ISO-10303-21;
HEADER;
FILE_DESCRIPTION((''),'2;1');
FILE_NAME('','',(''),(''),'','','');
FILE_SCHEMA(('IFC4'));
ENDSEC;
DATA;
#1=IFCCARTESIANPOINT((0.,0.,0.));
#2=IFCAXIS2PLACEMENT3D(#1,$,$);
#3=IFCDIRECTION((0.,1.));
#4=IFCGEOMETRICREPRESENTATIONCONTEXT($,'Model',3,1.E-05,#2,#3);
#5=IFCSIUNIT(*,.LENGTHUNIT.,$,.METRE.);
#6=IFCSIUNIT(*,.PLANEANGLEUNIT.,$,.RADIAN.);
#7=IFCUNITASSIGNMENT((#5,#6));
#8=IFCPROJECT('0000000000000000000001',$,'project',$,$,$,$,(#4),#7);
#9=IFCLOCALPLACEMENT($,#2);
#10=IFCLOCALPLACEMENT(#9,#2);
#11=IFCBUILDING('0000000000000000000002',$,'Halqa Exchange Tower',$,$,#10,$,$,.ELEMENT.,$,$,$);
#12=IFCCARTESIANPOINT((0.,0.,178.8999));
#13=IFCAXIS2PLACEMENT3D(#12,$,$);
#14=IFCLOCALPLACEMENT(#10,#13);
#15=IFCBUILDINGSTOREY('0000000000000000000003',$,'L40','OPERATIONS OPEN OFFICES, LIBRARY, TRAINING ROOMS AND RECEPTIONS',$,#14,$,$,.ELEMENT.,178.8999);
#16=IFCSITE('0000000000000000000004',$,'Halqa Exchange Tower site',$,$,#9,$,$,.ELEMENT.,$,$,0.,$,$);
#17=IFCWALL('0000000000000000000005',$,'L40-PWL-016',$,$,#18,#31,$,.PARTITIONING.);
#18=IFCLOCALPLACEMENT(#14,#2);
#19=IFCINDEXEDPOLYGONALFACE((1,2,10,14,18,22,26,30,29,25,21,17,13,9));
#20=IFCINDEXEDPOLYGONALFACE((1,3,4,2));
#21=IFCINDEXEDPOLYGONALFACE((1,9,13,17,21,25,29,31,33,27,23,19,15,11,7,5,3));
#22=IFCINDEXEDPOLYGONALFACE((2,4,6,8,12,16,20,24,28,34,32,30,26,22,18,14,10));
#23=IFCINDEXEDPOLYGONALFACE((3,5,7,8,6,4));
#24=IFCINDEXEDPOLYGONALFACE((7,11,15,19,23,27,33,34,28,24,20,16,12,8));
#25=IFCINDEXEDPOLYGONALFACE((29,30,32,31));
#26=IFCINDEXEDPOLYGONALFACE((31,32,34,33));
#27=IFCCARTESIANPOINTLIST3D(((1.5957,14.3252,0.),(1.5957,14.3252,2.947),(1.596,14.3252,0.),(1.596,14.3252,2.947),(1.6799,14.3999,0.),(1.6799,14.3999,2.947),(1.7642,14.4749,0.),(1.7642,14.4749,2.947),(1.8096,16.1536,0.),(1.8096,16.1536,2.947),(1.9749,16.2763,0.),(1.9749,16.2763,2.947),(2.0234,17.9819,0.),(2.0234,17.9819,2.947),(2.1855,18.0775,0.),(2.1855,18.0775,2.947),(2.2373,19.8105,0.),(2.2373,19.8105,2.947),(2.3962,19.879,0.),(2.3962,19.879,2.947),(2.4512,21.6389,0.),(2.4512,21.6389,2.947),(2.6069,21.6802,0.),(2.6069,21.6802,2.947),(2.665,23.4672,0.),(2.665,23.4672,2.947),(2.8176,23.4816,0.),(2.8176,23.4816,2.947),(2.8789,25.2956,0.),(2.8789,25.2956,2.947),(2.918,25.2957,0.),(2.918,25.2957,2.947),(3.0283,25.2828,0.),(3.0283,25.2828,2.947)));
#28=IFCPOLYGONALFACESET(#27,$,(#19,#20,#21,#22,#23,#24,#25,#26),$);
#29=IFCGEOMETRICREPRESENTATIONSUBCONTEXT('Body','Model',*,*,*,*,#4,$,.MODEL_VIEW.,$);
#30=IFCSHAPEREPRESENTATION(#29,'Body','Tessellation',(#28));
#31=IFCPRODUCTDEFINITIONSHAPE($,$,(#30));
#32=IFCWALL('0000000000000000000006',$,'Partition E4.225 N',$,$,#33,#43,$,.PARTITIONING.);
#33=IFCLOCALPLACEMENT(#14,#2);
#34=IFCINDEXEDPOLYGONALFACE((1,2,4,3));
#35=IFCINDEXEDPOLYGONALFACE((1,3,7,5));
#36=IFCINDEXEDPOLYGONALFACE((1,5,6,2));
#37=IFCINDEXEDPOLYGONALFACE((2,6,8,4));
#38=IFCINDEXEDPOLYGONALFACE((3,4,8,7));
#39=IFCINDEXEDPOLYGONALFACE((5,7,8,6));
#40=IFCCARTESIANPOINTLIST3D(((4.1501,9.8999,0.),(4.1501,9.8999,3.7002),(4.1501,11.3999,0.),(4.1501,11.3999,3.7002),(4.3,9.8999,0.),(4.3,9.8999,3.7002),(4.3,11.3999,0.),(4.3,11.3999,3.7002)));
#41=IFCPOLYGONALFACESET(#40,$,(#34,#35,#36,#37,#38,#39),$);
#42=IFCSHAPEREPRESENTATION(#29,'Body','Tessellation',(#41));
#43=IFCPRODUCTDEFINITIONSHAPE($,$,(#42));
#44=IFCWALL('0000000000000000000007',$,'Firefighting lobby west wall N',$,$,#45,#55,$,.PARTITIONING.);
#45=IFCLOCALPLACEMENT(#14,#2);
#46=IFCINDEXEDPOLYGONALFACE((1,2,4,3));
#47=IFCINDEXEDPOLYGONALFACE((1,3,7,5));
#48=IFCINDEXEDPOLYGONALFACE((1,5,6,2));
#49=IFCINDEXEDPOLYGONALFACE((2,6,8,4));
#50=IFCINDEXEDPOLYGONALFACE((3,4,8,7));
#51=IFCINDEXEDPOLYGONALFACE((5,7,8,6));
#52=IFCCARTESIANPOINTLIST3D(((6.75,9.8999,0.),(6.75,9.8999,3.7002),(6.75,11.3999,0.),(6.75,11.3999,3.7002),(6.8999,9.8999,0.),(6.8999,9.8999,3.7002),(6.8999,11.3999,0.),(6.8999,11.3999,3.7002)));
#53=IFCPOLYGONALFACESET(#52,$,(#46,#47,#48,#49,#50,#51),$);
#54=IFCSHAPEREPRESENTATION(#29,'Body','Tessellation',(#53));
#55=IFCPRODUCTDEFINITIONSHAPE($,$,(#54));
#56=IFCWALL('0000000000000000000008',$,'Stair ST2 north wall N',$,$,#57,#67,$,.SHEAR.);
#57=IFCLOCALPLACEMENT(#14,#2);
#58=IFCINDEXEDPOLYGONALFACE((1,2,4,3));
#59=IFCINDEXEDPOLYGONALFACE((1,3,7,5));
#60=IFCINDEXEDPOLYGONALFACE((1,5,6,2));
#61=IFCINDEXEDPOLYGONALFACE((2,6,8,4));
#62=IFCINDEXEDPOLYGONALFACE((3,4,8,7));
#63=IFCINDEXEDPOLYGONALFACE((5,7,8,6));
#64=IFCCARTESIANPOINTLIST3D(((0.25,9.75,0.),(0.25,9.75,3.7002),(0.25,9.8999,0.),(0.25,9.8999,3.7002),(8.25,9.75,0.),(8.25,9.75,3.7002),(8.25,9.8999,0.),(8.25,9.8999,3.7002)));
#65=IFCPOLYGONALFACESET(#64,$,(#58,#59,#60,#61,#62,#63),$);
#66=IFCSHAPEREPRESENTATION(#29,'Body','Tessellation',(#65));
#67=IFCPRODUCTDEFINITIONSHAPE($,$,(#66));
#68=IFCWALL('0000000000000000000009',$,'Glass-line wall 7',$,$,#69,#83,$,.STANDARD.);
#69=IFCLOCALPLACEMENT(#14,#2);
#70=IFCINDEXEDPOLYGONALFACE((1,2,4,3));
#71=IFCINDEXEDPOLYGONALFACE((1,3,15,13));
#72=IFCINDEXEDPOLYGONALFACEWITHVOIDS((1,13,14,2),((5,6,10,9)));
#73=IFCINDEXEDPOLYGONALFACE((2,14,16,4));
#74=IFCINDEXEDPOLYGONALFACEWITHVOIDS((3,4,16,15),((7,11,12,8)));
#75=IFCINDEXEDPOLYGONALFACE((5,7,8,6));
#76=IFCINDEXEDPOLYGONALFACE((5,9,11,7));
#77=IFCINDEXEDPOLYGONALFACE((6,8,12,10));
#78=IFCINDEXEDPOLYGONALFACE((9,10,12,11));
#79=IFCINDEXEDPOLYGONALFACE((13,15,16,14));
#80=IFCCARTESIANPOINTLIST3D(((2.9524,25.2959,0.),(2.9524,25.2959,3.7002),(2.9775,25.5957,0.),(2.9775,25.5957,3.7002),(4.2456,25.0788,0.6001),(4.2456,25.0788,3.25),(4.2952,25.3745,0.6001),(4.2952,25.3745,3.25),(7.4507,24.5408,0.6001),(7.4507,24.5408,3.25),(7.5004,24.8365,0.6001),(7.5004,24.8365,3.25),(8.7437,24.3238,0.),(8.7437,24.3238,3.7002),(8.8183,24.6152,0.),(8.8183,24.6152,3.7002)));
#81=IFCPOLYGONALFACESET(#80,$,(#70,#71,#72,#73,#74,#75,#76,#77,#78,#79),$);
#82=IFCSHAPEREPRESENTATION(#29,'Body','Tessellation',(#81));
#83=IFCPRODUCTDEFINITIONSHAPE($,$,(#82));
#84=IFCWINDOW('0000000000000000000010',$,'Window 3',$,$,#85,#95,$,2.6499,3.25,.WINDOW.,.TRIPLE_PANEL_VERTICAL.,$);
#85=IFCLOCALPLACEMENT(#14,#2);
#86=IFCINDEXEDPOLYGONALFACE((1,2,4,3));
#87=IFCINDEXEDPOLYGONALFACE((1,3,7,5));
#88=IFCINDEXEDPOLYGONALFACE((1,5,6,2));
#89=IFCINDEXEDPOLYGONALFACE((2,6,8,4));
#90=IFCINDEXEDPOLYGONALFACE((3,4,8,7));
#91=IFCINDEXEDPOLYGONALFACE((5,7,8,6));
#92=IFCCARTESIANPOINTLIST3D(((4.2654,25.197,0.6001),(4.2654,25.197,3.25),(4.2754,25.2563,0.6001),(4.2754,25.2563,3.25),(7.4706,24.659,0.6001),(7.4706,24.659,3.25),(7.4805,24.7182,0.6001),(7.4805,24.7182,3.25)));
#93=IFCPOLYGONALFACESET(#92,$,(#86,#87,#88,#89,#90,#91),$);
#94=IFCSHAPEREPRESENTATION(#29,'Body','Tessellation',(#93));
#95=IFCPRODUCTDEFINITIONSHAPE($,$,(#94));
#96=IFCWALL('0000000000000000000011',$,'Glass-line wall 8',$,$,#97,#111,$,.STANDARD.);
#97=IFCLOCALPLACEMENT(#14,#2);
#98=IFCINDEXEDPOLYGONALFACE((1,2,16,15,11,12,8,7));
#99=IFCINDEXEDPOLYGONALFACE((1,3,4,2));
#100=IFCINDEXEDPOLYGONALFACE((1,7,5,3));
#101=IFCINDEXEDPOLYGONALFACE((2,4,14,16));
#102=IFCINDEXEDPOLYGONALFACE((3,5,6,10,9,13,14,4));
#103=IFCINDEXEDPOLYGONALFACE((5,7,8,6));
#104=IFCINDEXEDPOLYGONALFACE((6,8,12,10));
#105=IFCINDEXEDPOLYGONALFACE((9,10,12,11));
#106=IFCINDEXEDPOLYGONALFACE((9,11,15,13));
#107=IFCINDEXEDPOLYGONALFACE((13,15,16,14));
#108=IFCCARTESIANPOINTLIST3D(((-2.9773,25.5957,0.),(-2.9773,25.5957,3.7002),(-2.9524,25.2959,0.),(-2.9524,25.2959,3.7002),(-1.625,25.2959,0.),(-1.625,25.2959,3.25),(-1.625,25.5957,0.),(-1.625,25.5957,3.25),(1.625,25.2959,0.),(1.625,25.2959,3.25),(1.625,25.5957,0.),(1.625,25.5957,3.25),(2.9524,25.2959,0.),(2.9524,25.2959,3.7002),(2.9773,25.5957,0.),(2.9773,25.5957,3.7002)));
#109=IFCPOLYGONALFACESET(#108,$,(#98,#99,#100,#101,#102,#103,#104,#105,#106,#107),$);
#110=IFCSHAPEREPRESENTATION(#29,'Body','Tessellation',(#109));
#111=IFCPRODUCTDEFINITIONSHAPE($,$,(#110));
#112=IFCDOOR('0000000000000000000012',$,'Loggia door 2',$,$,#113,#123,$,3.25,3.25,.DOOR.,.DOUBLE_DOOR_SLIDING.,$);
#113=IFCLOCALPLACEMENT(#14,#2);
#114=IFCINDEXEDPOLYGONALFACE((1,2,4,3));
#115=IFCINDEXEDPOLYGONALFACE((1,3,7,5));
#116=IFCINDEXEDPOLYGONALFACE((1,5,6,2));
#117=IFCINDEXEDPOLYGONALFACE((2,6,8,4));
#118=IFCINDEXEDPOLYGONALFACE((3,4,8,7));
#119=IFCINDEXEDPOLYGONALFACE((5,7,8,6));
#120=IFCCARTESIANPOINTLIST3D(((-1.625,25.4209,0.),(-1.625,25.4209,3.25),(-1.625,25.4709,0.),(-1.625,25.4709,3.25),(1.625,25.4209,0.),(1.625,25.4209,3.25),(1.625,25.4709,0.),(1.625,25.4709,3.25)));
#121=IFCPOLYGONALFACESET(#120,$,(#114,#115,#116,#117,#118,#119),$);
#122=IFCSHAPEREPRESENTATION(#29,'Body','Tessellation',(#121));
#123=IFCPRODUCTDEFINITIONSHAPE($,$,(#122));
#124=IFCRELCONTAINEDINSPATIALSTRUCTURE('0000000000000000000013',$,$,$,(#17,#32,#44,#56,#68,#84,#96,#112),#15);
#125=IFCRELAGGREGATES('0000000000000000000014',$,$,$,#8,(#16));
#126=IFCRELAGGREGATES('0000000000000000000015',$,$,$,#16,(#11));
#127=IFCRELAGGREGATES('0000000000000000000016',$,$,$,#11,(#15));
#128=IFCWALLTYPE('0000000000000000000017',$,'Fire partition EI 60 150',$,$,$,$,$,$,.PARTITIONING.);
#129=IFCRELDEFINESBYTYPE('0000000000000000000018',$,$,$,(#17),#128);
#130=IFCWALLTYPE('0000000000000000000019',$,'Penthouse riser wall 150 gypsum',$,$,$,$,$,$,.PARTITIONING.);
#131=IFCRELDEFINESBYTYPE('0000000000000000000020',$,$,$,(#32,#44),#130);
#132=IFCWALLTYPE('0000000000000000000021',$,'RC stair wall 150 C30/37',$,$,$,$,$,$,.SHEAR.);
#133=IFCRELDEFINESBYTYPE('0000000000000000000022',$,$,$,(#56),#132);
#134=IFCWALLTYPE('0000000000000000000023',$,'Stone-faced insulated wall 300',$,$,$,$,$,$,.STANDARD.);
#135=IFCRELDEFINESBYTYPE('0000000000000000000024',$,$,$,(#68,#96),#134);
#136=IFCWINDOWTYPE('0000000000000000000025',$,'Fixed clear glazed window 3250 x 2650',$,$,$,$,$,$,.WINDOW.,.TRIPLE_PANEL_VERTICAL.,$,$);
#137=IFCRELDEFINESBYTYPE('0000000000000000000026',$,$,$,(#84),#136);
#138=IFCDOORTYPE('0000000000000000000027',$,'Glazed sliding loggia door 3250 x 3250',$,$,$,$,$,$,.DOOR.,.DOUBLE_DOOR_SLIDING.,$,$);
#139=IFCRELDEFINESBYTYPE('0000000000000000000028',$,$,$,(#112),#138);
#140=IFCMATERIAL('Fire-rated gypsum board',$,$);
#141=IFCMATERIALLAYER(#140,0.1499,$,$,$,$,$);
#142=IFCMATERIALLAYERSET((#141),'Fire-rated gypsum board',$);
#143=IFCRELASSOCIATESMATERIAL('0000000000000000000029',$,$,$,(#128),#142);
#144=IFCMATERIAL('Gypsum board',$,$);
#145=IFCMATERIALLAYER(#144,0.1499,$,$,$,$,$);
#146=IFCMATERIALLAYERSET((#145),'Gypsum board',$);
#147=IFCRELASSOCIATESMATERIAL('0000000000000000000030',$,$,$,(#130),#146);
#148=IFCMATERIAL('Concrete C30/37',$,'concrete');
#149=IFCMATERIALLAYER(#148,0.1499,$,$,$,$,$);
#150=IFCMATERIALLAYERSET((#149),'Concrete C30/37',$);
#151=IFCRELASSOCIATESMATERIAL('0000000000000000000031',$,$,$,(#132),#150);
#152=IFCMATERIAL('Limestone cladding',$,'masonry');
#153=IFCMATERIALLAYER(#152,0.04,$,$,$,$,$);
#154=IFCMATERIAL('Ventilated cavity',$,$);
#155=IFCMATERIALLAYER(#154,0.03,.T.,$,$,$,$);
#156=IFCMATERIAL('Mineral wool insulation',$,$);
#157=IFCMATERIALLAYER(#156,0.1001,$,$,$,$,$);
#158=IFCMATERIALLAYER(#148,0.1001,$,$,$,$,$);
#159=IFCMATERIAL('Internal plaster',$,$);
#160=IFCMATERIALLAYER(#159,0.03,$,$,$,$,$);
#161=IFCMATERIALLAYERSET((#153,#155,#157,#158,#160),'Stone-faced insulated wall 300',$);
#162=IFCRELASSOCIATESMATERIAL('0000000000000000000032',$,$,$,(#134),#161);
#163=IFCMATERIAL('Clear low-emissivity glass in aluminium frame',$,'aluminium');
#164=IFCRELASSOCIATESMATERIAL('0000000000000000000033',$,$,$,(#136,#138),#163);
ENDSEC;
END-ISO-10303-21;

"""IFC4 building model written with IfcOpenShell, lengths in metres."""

from ifc_helpers import new_model, si_unit, direction, frame, frame_2d, origin, place, context, subcontext, project, spatial, polyline, rectangle, outline, extrude, material, layer, layer_set, type_object, element, fill, save


model = new_model("IFC4")

# Units and contexts
model_context = context("Model", 3, precision=1e-05, world=origin(), true_north=direction((0.0, 1.0)))
body_context = subcontext(model_context, "Body", "Model", "MODEL_VIEW")
ifc_project = project(units=[si_unit("LENGTHUNIT", "METRE"), si_unit("PLANEANGLEUNIT", "RADIAN")], contexts=[model_context])

# Site, building, storey
site_placement = place(None, origin())
site = spatial("IfcSite", under=ifc_project, at=site_placement, Name="Halqa Exchange Tower site", CompositionType="ELEMENT", RefElevation=0.0)
building_placement = place(site_placement, origin())
building = spatial("IfcBuilding", under=site, at=building_placement, Name="Halqa Exchange Tower", CompositionType="ELEMENT")
storey_placement = place(building_placement, frame((0.0, 0.0, 178.8999)))
storey = spatial("IfcBuildingStorey", under=building, at=storey_placement, Name="L40", Description="OPERATIONS OPEN OFFICES, LIBRARY, TRAINING ROOMS AND RECEPTIONS", CompositionType="ELEMENT", Elevation=178.8999)

# Shared definitions
ifc_material_1 = material(Name="Fire-rated gypsum board")
ifc_layer_1 = layer(ifc_material_1, 0.1499)
ifc_layer_set_1 = layer_set([ifc_layer_1], Name="Fire-rated gypsum board")
wall_type_1 = type_object("IfcWallType", Name="Fire partition EI 60 150", PredefinedType="PARTITIONING", material=ifc_layer_set_1)

# Walls
wall_1_placement = place(storey_placement, frame((2.9539, 25.2915, 0.0), z_axis=(0.0, 0.0, 1.0), x_axis=(-0.116172, -0.993229, 0.0)))
element("IfcWall", 1, at=wall_1_placement, inside=storey, type_object=wall_type_1, Name="L40-PWL-016", PredefinedType="PARTITIONING", context=body_context, shape_type="SweptSolid", body=[
    extrude(outline(polyline([(11.0498, -0.075), (11.0498, -0.0747), (10.9658, 0.0), (10.8816, 0.075), (9.0679, 0.075), (7.2544, 0.075), (5.4407, 0.075), (3.6272, 0.075), (1.8135, 0.075), (0.0, 0.075), (0.0, -0.0361), (0.0046, -0.075), (1.8455, -0.075), (3.6863, -0.075), (5.5271, -0.075), (7.3682, -0.075), (9.209, -0.075), (11.0498, -0.075)])), origin(), (0.0, 0.0, 1.0), 2.947),
])
ifc_material_2 = material(Name="Gypsum board")
ifc_layer_2 = layer(ifc_material_2, 0.1499)
ifc_layer_set_2 = layer_set([ifc_layer_2], Name="Gypsum board")
wall_type_2 = type_object("IfcWallType", Name="Penthouse riser wall 150 gypsum", PredefinedType="PARTITIONING", material=ifc_layer_set_2)
for number, where, z_axis, x_axis, name in (
    (2, (4.2251, 9.8999, 0.0), (0.0, 0.0, 1.0), (0.0, 1.0, 0.0), "Partition E4.225 N"),
    (3, (6.825, 9.8999, 0.0), (0.0, 0.0, 1.0), (0.0, 1.0, 0.0), "Firefighting lobby west wall N"),
):
    element("IfcWall", number, at=place(storey_placement, frame(where, z_axis=z_axis, x_axis=x_axis)), inside=storey, type_object=wall_type_2, Name=name, PredefinedType="PARTITIONING", context=body_context, shape_type="SweptSolid", body=[
        extrude(rectangle(XDim=1.5, YDim=0.1499, at=frame_2d((0.75, 0.0))), origin(), (0.0, 0.0, 1.0), 3.7002),
    ])
ifc_material_3 = material(Name="Concrete C30/37", Category="concrete")
ifc_layer_3 = layer(ifc_material_3, 0.1499)
ifc_layer_set_3 = layer_set([ifc_layer_3], Name="Concrete C30/37")
wall_type_3 = type_object("IfcWallType", Name="RC stair wall 150 C30/37", PredefinedType="SHEAR", material=ifc_layer_set_3)
wall_2_placement = place(storey_placement, frame((0.25, 9.825, 0.0), z_axis=(0.0, 0.0, 1.0), x_axis=(1.0, 0.0, 0.0)))
element("IfcWall", 4, at=wall_2_placement, inside=storey, type_object=wall_type_3, Name="Stair ST2 north wall N", PredefinedType="SHEAR", context=body_context, shape_type="SweptSolid", body=[
    extrude(rectangle(XDim=8.0, YDim=0.1499, at=frame_2d((4.0, 0.0))), origin(), (0.0, 0.0, 1.0), 3.7002),
])

# Wall, opening, window
ifc_material_4 = material(Name="Limestone cladding", Category="masonry")
ifc_layer_4 = layer(ifc_material_4, 0.04)
ifc_material_5 = material(Name="Ventilated cavity")
ifc_layer_5 = layer(ifc_material_5, 0.03, ventilated=True)
ifc_material_6 = material(Name="Mineral wool insulation")
ifc_layer_6 = layer(ifc_material_6, 0.1001)
ifc_layer_7 = layer(ifc_material_3, 0.1001)
ifc_material_7 = material(Name="Internal plaster")
ifc_layer_8 = layer(ifc_material_7, 0.03)
ifc_layer_set_4 = layer_set([ifc_layer_4, ifc_layer_5, ifc_layer_6, ifc_layer_7, ifc_layer_8], Name="Stone-faced insulated wall 300")
wall_type_4 = type_object("IfcWallType", Name="Stone-faced insulated wall 300", PredefinedType="STANDARD", material=ifc_layer_set_4)
wall_3_placement = place(storey_placement, frame((8.781, 24.4695, 0.0), z_axis=(0.0, 0.0, 1.0), x_axis=(-0.986202, 0.165547, 0.0)))
wall_3 = element("IfcWall", 5, at=wall_3_placement, inside=storey, type_object=wall_type_4, Name="Glass-line wall 7", PredefinedType="STANDARD", context=body_context, shape_type="SweptSolid", body=[
    extrude(outline(polyline([(-0.0127, -0.1499), (5.9099, -0.1499), (5.885, 0.1499), (0.0127, 0.1499), (-0.0127, -0.1499)])), origin(), (0.0, 0.0, 1.0), 3.7002),
])
opening_1_placement = place(wall_3_placement, frame((1.3237, 0.0, 0.6001)))
opening_1 = element("IfcOpeningElement", 6, at=opening_1_placement, cuts=wall_3, PredefinedType="OPENING", context=body_context, shape_type="SweptSolid", body=[
    extrude(rectangle(XDim=3.25, YDim=2.6499, at=frame_2d((1.625, 1.325))), frame((0.0, 0.1621, 0.0), z_axis=(0.0, -1.0, 0.0), x_axis=(1.0, 0.0, 0.0)), (0.0, 0.0, 1.0), 0.324),
])
ifc_material_8 = material(Name="Clear low-emissivity glass in aluminium frame", Category="aluminium")
window_type = type_object("IfcWindowType", Name="Fixed clear glazed window 3250 x 2650", PartitioningType="TRIPLE_PANEL_VERTICAL", PredefinedType="WINDOW", material=ifc_material_8)
window_placement = place(opening_1_placement, origin())
window = element("IfcWindow", 7, at=window_placement, inside=storey, type_object=window_type, Name="Window 3", OverallHeight=2.6499, OverallWidth=3.25, PartitioningType="TRIPLE_PANEL_VERTICAL", PredefinedType="WINDOW", context=body_context, shape_type="SweptSolid", body=[
    extrude(rectangle(XDim=3.25, YDim=2.6499, at=frame_2d((1.625, 1.325))), frame((0.0, 0.03, 0.0), z_axis=(0.0, -1.0, 0.0), x_axis=(1.0, 0.0, 0.0)), (0.0, 0.0, 1.0), 0.0601),
])
fill(opening_1, window)

# Wall, opening, door
wall_4_placement = place(storey_placement, frame((2.9648, 25.4458, 0.0), z_axis=(0.0, 0.0, 1.0), x_axis=(-1.0, 0.0, 0.0)))
wall_4 = element("IfcWall", 8, at=wall_4_placement, inside=storey, type_object=wall_type_4, Name="Glass-line wall 8", PredefinedType="STANDARD", context=body_context, shape_type="SweptSolid", body=[
    extrude(outline(polyline([(-0.0125, -0.1499), (5.9421, -0.1499), (5.9172, 0.1499), (0.0125, 0.1499), (-0.0125, -0.1499)])), origin(), (0.0, 0.0, 1.0), 3.7002),
])
opening_2_placement = place(wall_4_placement, frame((1.3398, 0.0, 0.0)))
opening_2 = element("IfcOpeningElement", 9, at=opening_2_placement, cuts=wall_4, PredefinedType="OPENING", context=body_context, shape_type="SweptSolid", body=[
    extrude(rectangle(XDim=3.25, YDim=3.25, at=frame_2d((1.625, 1.625))), frame((0.0, 0.1621, 0.0), z_axis=(0.0, -1.0, 0.0), x_axis=(1.0, 0.0, 0.0)), (0.0, 0.0, 1.0), 0.324),
])
door_type_1 = type_object("IfcDoorType", Name="Glazed sliding loggia door 3250 x 3250", OperationType="DOUBLE_DOOR_SLIDING", PredefinedType="DOOR", material=ifc_material_8)
door_1_placement = place(opening_2_placement, origin())
door_1 = element("IfcDoor", 10, at=door_1_placement, inside=storey, type_object=door_type_1, Name="Loggia door 2", OperationType="DOUBLE_DOOR_SLIDING", OverallHeight=3.25, OverallWidth=3.25, PredefinedType="DOOR", context=body_context, shape_type="SweptSolid", body=[
    extrude(rectangle(XDim=3.25, YDim=3.25, at=frame_2d((1.625, 1.625))), frame((0.0, 0.0249, 0.0), z_axis=(0.0, -1.0, 0.0), x_axis=(1.0, 0.0, 0.0)), (0.0, 0.0, 1.0), 0.05),
])
fill(opening_2, door_1)

save(model, "model.ifc")
